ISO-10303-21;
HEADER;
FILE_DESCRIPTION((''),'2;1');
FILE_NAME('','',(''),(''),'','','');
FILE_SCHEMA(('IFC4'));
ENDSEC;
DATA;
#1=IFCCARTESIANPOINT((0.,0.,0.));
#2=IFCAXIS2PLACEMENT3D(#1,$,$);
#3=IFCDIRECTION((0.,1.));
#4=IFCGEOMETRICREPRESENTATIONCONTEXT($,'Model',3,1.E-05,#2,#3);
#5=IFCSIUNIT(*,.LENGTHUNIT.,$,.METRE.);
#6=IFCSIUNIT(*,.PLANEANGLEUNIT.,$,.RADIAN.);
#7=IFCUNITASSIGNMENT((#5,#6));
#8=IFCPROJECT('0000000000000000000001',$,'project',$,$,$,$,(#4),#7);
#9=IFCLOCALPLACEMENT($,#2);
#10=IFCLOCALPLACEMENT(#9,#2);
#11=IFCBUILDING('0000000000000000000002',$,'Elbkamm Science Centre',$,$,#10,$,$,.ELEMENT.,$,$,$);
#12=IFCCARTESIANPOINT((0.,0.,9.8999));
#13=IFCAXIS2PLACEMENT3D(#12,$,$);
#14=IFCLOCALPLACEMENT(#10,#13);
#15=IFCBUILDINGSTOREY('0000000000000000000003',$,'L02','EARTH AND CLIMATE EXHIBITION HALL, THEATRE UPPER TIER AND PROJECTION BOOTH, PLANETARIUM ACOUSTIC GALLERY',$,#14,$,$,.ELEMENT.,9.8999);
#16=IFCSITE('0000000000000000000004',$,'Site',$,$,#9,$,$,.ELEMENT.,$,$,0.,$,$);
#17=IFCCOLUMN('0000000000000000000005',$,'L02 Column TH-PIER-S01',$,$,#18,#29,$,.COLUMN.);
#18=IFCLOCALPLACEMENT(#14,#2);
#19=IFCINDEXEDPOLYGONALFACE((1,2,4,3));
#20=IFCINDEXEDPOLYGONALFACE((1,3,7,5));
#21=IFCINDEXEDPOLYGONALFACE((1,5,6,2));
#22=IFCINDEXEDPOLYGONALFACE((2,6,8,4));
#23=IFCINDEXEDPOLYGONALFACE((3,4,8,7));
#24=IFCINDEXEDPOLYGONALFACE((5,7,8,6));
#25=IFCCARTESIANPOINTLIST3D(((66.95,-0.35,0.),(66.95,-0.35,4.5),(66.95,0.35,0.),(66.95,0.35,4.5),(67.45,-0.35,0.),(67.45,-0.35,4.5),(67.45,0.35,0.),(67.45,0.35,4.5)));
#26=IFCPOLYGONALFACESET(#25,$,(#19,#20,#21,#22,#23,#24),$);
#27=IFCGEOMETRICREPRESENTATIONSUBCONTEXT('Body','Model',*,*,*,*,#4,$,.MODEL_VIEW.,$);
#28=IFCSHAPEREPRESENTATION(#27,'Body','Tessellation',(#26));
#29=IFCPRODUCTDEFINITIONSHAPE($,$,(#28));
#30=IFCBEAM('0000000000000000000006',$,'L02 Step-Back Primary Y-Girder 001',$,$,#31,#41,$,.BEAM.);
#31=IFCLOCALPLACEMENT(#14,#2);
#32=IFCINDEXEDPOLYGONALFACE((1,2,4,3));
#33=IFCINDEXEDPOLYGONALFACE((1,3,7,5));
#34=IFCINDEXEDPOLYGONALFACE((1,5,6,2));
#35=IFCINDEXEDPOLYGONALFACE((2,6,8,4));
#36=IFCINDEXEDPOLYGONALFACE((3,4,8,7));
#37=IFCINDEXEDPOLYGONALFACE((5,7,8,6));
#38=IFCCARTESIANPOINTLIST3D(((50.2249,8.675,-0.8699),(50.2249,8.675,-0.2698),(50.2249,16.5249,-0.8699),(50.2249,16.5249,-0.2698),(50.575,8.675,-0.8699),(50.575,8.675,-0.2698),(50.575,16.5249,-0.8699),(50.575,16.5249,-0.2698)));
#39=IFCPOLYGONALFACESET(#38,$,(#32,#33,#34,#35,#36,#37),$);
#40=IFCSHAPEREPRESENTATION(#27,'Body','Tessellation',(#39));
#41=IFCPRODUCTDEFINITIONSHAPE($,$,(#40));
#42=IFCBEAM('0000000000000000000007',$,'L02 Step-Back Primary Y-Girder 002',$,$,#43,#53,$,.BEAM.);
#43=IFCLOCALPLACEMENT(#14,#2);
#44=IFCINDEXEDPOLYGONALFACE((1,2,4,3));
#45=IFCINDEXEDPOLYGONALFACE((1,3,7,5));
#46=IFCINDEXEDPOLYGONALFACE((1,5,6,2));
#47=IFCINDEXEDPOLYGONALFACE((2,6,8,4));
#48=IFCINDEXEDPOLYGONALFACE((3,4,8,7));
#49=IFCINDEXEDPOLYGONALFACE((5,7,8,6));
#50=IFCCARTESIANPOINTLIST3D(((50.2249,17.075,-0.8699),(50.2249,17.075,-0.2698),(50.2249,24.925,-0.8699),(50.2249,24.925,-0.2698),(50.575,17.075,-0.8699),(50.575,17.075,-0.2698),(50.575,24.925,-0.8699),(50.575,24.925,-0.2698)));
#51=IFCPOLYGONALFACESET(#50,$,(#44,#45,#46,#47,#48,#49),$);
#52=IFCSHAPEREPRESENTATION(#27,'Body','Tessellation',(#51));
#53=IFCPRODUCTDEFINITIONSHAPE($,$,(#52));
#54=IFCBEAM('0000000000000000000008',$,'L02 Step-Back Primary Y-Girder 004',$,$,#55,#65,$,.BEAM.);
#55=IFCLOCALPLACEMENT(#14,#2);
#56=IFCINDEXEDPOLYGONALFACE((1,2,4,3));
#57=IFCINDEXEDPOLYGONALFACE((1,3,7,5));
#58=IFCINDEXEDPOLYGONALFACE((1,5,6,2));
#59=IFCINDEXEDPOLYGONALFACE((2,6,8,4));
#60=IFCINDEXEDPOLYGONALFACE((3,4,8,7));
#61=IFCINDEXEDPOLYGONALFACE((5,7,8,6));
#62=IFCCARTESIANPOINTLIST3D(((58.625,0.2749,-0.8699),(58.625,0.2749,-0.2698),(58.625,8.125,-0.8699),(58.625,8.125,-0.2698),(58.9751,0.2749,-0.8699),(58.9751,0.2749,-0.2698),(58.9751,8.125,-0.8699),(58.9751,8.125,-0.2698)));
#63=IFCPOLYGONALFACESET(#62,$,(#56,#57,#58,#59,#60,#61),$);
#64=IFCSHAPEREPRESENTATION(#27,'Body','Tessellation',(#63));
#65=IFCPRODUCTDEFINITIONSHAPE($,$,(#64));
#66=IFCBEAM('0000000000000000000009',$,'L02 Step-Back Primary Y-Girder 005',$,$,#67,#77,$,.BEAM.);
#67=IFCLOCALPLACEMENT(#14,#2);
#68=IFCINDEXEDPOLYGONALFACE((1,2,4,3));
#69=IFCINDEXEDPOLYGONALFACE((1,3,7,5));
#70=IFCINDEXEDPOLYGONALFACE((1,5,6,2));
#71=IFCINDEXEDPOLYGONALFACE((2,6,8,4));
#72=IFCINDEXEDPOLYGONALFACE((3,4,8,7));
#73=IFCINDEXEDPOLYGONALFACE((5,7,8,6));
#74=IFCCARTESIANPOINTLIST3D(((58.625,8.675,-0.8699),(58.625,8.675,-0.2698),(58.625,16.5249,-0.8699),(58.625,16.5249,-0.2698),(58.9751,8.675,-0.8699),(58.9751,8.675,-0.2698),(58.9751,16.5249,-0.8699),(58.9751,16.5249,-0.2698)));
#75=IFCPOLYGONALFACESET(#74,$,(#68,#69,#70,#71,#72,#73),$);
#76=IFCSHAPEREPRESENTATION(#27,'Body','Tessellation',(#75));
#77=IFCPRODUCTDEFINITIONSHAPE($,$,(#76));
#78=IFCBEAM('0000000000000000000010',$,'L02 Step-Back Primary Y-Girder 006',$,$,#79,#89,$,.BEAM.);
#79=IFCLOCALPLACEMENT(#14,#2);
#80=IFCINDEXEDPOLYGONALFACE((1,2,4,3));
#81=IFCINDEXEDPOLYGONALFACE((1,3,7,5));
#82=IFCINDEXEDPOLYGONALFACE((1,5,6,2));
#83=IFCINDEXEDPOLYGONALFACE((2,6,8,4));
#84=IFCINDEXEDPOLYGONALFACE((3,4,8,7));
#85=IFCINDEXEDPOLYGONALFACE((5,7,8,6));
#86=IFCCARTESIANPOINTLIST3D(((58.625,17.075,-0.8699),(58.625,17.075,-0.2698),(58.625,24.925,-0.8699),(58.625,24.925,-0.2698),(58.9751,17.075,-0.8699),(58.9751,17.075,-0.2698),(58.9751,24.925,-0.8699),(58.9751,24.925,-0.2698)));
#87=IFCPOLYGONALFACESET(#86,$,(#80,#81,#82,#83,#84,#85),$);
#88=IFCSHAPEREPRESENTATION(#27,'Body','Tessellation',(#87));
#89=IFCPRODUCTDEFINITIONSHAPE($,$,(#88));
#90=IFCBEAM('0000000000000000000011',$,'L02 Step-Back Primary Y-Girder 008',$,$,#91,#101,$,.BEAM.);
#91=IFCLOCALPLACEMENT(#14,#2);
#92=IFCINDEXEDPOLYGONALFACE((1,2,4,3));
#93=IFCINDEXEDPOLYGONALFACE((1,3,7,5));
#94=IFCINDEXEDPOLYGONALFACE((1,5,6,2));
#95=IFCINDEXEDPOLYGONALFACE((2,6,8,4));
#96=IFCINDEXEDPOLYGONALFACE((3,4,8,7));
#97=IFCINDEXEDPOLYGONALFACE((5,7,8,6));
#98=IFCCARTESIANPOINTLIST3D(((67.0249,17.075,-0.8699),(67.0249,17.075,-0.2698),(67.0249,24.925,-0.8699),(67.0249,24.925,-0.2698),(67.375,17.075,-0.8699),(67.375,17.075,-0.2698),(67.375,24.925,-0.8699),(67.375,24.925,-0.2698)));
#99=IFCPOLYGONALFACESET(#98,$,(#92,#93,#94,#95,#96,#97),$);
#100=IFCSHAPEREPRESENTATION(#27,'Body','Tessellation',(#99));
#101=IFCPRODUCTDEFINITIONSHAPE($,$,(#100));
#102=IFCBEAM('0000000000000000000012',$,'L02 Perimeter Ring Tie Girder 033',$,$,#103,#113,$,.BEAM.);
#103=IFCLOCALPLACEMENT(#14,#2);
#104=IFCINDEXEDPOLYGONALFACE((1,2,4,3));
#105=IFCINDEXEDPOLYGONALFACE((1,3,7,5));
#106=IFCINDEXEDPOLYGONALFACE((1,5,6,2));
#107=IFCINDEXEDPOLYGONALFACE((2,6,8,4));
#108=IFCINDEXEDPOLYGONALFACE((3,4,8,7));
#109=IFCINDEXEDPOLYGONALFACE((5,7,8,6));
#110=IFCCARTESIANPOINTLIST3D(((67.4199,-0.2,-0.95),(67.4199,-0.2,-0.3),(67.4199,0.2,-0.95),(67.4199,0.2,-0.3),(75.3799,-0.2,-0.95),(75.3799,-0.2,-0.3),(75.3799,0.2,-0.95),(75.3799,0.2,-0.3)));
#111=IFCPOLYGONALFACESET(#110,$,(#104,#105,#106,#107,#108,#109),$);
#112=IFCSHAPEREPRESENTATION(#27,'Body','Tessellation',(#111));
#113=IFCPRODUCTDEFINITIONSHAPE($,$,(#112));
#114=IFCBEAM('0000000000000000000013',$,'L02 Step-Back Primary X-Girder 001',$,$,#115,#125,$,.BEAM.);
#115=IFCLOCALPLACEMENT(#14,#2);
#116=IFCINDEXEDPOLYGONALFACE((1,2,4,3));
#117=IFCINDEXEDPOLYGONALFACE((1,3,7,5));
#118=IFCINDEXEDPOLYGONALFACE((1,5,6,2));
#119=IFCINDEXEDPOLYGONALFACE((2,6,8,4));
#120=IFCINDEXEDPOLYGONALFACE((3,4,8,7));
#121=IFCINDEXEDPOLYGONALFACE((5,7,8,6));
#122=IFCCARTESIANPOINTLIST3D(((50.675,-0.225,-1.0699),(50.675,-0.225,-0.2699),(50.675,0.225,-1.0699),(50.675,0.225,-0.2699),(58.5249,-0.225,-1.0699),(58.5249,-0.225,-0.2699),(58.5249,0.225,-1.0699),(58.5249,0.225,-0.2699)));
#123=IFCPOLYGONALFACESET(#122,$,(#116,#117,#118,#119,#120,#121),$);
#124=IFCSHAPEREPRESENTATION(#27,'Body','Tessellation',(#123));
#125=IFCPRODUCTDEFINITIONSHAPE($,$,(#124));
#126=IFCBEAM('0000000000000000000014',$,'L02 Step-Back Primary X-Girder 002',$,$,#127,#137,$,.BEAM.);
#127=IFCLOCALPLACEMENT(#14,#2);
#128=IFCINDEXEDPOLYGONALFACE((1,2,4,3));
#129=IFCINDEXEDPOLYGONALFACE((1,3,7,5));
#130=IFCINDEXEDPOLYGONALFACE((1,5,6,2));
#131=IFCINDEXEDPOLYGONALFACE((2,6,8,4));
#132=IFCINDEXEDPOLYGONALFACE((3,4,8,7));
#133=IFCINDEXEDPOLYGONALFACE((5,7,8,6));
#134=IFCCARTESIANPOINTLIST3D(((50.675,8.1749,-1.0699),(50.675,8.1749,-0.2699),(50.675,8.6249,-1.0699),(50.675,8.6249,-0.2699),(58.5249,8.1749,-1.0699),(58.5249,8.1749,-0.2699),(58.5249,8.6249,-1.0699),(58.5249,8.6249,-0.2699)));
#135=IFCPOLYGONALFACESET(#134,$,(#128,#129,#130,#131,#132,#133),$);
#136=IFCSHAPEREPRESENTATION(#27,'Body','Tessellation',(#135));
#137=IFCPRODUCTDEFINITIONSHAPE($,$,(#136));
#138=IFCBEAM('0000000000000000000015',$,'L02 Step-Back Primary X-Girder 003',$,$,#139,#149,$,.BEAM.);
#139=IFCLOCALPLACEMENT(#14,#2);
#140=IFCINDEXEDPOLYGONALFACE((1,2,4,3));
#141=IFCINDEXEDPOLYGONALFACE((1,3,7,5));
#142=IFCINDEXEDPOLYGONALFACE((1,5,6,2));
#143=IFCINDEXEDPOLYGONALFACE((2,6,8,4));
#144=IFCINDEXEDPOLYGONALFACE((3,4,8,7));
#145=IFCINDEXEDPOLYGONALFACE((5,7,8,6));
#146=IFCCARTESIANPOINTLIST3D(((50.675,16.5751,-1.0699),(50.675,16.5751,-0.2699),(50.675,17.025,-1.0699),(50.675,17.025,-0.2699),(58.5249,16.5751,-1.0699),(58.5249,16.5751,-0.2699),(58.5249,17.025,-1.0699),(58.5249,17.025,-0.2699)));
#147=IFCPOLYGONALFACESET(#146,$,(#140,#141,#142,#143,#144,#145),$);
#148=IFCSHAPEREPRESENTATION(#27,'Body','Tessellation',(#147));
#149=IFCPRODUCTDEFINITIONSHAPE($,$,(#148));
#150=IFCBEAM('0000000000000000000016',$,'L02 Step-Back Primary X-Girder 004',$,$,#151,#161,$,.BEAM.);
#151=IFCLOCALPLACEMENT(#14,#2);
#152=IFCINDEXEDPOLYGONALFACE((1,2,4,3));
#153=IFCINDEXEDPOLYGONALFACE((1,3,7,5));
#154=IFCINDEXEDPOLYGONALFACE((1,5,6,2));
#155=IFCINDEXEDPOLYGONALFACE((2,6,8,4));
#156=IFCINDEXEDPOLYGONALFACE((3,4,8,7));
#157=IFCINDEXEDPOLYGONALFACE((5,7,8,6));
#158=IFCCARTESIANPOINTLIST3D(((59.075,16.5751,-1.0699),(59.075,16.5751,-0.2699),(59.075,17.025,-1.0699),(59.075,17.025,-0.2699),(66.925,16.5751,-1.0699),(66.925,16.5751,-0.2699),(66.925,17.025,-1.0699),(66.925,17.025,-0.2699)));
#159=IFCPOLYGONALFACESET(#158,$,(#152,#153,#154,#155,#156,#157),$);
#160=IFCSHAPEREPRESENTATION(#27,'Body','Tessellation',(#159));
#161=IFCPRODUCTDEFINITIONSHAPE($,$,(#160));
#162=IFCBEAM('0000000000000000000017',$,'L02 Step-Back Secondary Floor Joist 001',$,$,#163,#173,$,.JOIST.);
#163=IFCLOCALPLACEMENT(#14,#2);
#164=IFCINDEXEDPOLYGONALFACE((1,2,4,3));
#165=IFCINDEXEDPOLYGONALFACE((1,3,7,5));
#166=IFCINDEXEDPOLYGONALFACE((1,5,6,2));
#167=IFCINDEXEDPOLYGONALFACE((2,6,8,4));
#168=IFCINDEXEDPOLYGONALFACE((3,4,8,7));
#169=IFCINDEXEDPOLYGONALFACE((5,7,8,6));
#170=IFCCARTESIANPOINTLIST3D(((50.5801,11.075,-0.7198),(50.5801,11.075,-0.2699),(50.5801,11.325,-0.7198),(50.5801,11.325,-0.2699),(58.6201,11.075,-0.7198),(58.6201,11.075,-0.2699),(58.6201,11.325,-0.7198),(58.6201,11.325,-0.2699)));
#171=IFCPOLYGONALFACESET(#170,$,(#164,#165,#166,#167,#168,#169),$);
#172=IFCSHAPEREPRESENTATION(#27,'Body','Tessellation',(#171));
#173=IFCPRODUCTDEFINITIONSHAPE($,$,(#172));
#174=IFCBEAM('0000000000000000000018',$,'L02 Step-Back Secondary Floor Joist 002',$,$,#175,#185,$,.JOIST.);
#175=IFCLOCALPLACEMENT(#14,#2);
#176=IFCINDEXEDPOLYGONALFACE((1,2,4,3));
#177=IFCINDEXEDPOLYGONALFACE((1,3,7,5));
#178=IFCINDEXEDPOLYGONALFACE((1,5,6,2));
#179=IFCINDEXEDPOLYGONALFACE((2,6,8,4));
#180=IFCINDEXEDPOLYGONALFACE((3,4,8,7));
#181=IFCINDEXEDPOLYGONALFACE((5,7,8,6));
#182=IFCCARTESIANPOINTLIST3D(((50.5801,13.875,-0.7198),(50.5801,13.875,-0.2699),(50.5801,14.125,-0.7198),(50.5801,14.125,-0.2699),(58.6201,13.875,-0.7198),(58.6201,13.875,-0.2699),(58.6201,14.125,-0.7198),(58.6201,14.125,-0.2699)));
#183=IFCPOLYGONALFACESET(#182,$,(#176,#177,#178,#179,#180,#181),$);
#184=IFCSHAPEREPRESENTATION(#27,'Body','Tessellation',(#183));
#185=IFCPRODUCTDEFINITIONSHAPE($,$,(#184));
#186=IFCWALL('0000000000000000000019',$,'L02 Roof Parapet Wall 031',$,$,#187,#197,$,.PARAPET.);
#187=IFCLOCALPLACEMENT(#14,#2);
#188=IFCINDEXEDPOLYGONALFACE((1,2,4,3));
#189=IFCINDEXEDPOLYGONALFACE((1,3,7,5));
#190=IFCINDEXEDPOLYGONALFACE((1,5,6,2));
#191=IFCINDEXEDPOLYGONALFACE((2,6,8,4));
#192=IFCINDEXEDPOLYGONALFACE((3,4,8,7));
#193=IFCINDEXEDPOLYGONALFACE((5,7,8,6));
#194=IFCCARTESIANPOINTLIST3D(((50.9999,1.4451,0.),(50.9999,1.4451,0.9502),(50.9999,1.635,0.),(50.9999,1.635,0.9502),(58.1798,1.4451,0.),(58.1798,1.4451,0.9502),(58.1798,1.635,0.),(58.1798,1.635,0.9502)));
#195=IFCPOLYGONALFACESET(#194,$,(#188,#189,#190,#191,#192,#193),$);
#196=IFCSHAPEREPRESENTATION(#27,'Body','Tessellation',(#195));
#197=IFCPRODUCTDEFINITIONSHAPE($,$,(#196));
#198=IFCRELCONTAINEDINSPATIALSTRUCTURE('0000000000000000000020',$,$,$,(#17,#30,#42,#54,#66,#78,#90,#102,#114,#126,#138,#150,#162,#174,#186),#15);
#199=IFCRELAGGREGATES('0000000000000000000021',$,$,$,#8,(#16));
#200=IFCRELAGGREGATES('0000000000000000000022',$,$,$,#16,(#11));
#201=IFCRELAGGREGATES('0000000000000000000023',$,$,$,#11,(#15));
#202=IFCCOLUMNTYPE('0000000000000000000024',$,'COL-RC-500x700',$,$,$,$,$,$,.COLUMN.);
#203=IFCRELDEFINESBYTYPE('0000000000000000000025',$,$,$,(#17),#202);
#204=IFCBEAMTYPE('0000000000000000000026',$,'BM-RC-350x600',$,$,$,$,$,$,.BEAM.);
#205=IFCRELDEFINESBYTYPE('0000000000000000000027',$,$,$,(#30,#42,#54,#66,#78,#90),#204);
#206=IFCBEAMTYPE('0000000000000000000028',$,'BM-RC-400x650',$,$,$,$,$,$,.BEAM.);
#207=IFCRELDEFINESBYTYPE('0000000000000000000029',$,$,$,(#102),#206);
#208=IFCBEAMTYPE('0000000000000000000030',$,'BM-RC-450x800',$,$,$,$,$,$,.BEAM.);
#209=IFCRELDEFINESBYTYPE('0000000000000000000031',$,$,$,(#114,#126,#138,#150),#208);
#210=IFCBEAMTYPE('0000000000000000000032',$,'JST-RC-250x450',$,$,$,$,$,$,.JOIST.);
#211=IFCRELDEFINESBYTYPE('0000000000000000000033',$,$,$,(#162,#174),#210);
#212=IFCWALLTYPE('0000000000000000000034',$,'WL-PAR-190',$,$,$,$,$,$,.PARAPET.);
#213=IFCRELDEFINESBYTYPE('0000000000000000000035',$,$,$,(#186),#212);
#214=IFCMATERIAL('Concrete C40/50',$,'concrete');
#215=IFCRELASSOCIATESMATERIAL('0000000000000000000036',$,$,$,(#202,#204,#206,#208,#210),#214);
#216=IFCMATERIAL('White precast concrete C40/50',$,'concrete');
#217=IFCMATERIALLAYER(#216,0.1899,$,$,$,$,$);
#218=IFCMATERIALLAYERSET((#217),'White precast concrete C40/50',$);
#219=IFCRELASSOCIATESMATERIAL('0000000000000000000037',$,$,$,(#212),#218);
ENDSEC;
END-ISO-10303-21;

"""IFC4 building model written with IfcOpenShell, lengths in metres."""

from ifc_helpers import new_model, si_unit, direction, frame, frame_2d, origin, origin_2d, place, context, subcontext, project, spatial, rectangle, extrude, material, layer, layer_set, material_profile, profile_set, type_object, element, save


model = new_model("IFC4")

# Units and contexts
model_context = context("Model", 3, precision=1e-05, world=origin(), true_north=direction((0.0, 1.0)))
body_context = subcontext(model_context, "Body", "Model", "MODEL_VIEW")
ifc_project = project(units=[si_unit("LENGTHUNIT", "METRE"), si_unit("PLANEANGLEUNIT", "RADIAN")], contexts=[model_context])

# Site, building, storey
site_placement = place(None, origin())
site = spatial("IfcSite", under=ifc_project, at=site_placement, Name="Site", CompositionType="ELEMENT", RefElevation=0.0)
building_placement = place(site_placement, origin())
building = spatial("IfcBuilding", under=site, at=building_placement, Name="Elbkamm Science Centre", CompositionType="ELEMENT")
storey_placement = place(building_placement, frame((0.0, 0.0, 9.8999)))
storey = spatial("IfcBuildingStorey", under=building, at=storey_placement, Name="L02", Description="EARTH AND CLIMATE EXHIBITION HALL, THEATRE UPPER TIER AND PROJECTION BOOTH, PLANETARIUM ACOUSTIC GALLERY", CompositionType="ELEMENT", Elevation=9.8999)

# Column
ifc_material_1 = material(Name="Concrete C40/50", Category="concrete")
ifc_material_profile_1 = material_profile(ifc_material_1, rectangle(XDim=0.5, YDim=0.7, at=origin_2d()), Name="RC 500x700")
ifc_profile_set_1 = profile_set([ifc_material_profile_1], Name="Concrete C40/50")
column_type = type_object("IfcColumnType", Name="COL-RC-500x700", PredefinedType="COLUMN", material=ifc_profile_set_1)
column_placement = place(storey_placement, frame((67.2, 0.0, 0.0), z_axis=(0.0, 0.0, 1.0), x_axis=(1.0, 0.0, 0.0)))
element("IfcColumn", 1, at=column_placement, inside=storey, type_object=column_type, Name="L02 Column TH-PIER-S01", PredefinedType="COLUMN", context=body_context, shape_type="SweptSolid", body=[
    extrude(rectangle(XDim=0.5, YDim=0.7, at=origin_2d()), origin(), (0.0, 0.0, 1.0), 4.5),
])

# Beams
ifc_material_profile_2 = material_profile(ifc_material_1, rectangle(XDim=0.3501, YDim=0.6001, at=origin_2d()), Name="RC 350x600")
ifc_profile_set_2 = profile_set([ifc_material_profile_2], Name="Concrete C40/50")
beam_type_1 = type_object("IfcBeamType", Name="BM-RC-350x600", PredefinedType="BEAM", material=ifc_profile_set_2)
beam_1_placement = place(storey_placement, frame((50.3999, 8.675, -0.5698), z_axis=(0.0, 1.0, 0.0), x_axis=(-1.0, 0.0, 0.0)))
element("IfcBeam", 2, at=beam_1_placement, inside=storey, type_object=beam_type_1, Name="L02 Step-Back Primary Y-Girder 001", PredefinedType="BEAM", context=body_context, shape_type="SweptSolid", body=[
    extrude(rectangle(XDim=0.3501, YDim=0.6001, at=origin_2d()), origin(), (0.0, 0.0, 1.0), 7.8499),
])
for number, where, z_axis, x_axis, name in (
    (3, (50.3999, 17.075, -0.5698), (0.0, 1.0, 0.0), (-1.0, 0.0, 0.0), "L02 Step-Back Primary Y-Girder 002"),
    (4, (58.8, 0.2749, -0.5698), (0.0, 1.0, 0.0), (-1.0, 0.0, 0.0), "L02 Step-Back Primary Y-Girder 004"),
):
    element("IfcBeam", number, at=place(storey_placement, frame(where, z_axis=z_axis, x_axis=x_axis)), inside=storey, type_object=beam_type_1, Name=name, PredefinedType="BEAM", context=body_context, shape_type="SweptSolid", body=[
        extrude(rectangle(XDim=0.3501, YDim=0.6001, at=origin_2d()), origin(), (0.0, 0.0, 1.0), 7.8501),
    ])
beam_2_placement = place(storey_placement, frame((58.8, 8.675, -0.5698), z_axis=(0.0, 1.0, 0.0), x_axis=(-1.0, 0.0, 0.0)))
element("IfcBeam", 5, at=beam_2_placement, inside=storey, type_object=beam_type_1, Name="L02 Step-Back Primary Y-Girder 005", PredefinedType="BEAM", context=body_context, shape_type="SweptSolid", body=[
    extrude(rectangle(XDim=0.3501, YDim=0.6001, at=origin_2d()), origin(), (0.0, 0.0, 1.0), 7.8499),
])
for number, where, z_axis, x_axis, name in (
    (6, (58.8, 17.075, -0.5698), (0.0, 1.0, 0.0), (-1.0, 0.0, 0.0), "L02 Step-Back Primary Y-Girder 006"),
    (7, (67.2, 17.075, -0.5698), (0.0, 1.0, 0.0), (-1.0, 0.0, 0.0), "L02 Step-Back Primary Y-Girder 008"),
):
    element("IfcBeam", number, at=place(storey_placement, frame(where, z_axis=z_axis, x_axis=x_axis)), inside=storey, type_object=beam_type_1, Name=name, PredefinedType="BEAM", context=body_context, shape_type="SweptSolid", body=[
        extrude(rectangle(XDim=0.3501, YDim=0.6001, at=origin_2d()), origin(), (0.0, 0.0, 1.0), 7.8501),
    ])
ifc_material_profile_3 = material_profile(ifc_material_1, rectangle(XDim=0.3999, YDim=0.6499, at=origin_2d()), Name="RC 400x650")
ifc_profile_set_3 = profile_set([ifc_material_profile_3], Name="Concrete C40/50")
beam_type_2 = type_object("IfcBeamType", Name="BM-RC-400x650", PredefinedType="BEAM", material=ifc_profile_set_3)
beam_3_placement = place(storey_placement, frame((67.4199, 0.0, -0.625), z_axis=(1.0, 0.0, 0.0), x_axis=(0.0, 1.0, 0.0)))
element("IfcBeam", 8, at=beam_3_placement, inside=storey, type_object=beam_type_2, Name="L02 Perimeter Ring Tie Girder 033", PredefinedType="BEAM", context=body_context, shape_type="SweptSolid", body=[
    extrude(rectangle(XDim=0.3999, YDim=0.6499, at=origin_2d()), origin(), (0.0, 0.0, 1.0), 7.96),
])
ifc_material_profile_4 = material_profile(ifc_material_1, rectangle(XDim=0.45, YDim=0.8, at=origin_2d()), Name="RC 450x800")
ifc_profile_set_4 = profile_set([ifc_material_profile_4], Name="Concrete C40/50")
beam_type_3 = type_object("IfcBeamType", Name="BM-RC-450x800", PredefinedType="BEAM", material=ifc_profile_set_4)
for number, where, z_axis, x_axis, name in (
    (9, (50.675, 0.0, -0.6699), (1.0, 0.0, 0.0), (0.0, 1.0, 0.0), "L02 Step-Back Primary X-Girder 001"),
    (10, (50.675, 8.3999, -0.6699), (1.0, 0.0, 0.0), (0.0, 1.0, 0.0), "L02 Step-Back Primary X-Girder 002"),
    (11, (50.675, 16.8, -0.6699), (1.0, 0.0, 0.0), (0.0, 1.0, 0.0), "L02 Step-Back Primary X-Girder 003"),
):
    element("IfcBeam", number, at=place(storey_placement, frame(where, z_axis=z_axis, x_axis=x_axis)), inside=storey, type_object=beam_type_3, Name=name, PredefinedType="BEAM", context=body_context, shape_type="SweptSolid", body=[
        extrude(rectangle(XDim=0.45, YDim=0.8, at=origin_2d()), origin(), (0.0, 0.0, 1.0), 7.8499),
    ])
beam_4_placement = place(storey_placement, frame((59.075, 16.8, -0.6699), z_axis=(1.0, 0.0, 0.0), x_axis=(0.0, 1.0, 0.0)))
element("IfcBeam", 12, at=beam_4_placement, inside=storey, type_object=beam_type_3, Name="L02 Step-Back Primary X-Girder 004", PredefinedType="BEAM", context=body_context, shape_type="SweptSolid", body=[
    extrude(rectangle(XDim=0.45, YDim=0.8, at=origin_2d()), origin(), (0.0, 0.0, 1.0), 7.8501),
])
ifc_material_profile_5 = material_profile(ifc_material_1, rectangle(XDim=0.25, YDim=0.45, at=origin_2d()), Name="RC 250x450")
ifc_profile_set_5 = profile_set([ifc_material_profile_5], Name="Concrete C40/50")
beam_type_4 = type_object("IfcBeamType", Name="JST-RC-250x450", PredefinedType="JOIST", material=ifc_profile_set_5)
for number, where, z_axis, x_axis, name in (
    (13, (50.5801, 11.2, -0.4949), (1.0, 0.0, 0.0), (0.0, 1.0, 0.0), "L02 Step-Back Secondary Floor Joist 001"),
    (14, (50.5801, 14.0, -0.4949), (1.0, 0.0, 0.0), (0.0, 1.0, 0.0), "L02 Step-Back Secondary Floor Joist 002"),
):
    element("IfcBeam", number, at=place(storey_placement, frame(where, z_axis=z_axis, x_axis=x_axis)), inside=storey, type_object=beam_type_4, Name=name, PredefinedType="JOIST", context=body_context, shape_type="SweptSolid", body=[
        extrude(rectangle(XDim=0.25, YDim=0.45, at=origin_2d()), origin(), (0.0, 0.0, 1.0), 8.04),
    ])

# Wall
ifc_material_2 = material(Name="White precast concrete C40/50", Category="concrete")
ifc_layer_1 = layer(ifc_material_2, 0.1899)
ifc_layer_set_1 = layer_set([ifc_layer_1], Name="White precast concrete C40/50")
wall_type_1 = type_object("IfcWallType", Name="WL-PAR-190", PredefinedType="PARAPET", material=ifc_layer_set_1)
for number, where, z_axis, x_axis, name in (
    (15, (51.0, 1.54, 0.0), (0.0, 0.0, 1.0), (1.0, 0.0, 0.0), "L02 Roof Parapet Wall 031"),
):
    element("IfcWall", number, at=place(storey_placement, frame(where, z_axis=z_axis, x_axis=x_axis)), inside=storey, type_object=wall_type_1, Name=name, PredefinedType="PARAPET", context=body_context, shape_type="SweptSolid", body=[
        extrude(rectangle(XDim=7.1799, YDim=0.1899, at=frame_2d((3.5898, 0.0))), origin(), (0.0, 0.0, 1.0), 0.9502),
    ])

save(model, "model.ifc")
